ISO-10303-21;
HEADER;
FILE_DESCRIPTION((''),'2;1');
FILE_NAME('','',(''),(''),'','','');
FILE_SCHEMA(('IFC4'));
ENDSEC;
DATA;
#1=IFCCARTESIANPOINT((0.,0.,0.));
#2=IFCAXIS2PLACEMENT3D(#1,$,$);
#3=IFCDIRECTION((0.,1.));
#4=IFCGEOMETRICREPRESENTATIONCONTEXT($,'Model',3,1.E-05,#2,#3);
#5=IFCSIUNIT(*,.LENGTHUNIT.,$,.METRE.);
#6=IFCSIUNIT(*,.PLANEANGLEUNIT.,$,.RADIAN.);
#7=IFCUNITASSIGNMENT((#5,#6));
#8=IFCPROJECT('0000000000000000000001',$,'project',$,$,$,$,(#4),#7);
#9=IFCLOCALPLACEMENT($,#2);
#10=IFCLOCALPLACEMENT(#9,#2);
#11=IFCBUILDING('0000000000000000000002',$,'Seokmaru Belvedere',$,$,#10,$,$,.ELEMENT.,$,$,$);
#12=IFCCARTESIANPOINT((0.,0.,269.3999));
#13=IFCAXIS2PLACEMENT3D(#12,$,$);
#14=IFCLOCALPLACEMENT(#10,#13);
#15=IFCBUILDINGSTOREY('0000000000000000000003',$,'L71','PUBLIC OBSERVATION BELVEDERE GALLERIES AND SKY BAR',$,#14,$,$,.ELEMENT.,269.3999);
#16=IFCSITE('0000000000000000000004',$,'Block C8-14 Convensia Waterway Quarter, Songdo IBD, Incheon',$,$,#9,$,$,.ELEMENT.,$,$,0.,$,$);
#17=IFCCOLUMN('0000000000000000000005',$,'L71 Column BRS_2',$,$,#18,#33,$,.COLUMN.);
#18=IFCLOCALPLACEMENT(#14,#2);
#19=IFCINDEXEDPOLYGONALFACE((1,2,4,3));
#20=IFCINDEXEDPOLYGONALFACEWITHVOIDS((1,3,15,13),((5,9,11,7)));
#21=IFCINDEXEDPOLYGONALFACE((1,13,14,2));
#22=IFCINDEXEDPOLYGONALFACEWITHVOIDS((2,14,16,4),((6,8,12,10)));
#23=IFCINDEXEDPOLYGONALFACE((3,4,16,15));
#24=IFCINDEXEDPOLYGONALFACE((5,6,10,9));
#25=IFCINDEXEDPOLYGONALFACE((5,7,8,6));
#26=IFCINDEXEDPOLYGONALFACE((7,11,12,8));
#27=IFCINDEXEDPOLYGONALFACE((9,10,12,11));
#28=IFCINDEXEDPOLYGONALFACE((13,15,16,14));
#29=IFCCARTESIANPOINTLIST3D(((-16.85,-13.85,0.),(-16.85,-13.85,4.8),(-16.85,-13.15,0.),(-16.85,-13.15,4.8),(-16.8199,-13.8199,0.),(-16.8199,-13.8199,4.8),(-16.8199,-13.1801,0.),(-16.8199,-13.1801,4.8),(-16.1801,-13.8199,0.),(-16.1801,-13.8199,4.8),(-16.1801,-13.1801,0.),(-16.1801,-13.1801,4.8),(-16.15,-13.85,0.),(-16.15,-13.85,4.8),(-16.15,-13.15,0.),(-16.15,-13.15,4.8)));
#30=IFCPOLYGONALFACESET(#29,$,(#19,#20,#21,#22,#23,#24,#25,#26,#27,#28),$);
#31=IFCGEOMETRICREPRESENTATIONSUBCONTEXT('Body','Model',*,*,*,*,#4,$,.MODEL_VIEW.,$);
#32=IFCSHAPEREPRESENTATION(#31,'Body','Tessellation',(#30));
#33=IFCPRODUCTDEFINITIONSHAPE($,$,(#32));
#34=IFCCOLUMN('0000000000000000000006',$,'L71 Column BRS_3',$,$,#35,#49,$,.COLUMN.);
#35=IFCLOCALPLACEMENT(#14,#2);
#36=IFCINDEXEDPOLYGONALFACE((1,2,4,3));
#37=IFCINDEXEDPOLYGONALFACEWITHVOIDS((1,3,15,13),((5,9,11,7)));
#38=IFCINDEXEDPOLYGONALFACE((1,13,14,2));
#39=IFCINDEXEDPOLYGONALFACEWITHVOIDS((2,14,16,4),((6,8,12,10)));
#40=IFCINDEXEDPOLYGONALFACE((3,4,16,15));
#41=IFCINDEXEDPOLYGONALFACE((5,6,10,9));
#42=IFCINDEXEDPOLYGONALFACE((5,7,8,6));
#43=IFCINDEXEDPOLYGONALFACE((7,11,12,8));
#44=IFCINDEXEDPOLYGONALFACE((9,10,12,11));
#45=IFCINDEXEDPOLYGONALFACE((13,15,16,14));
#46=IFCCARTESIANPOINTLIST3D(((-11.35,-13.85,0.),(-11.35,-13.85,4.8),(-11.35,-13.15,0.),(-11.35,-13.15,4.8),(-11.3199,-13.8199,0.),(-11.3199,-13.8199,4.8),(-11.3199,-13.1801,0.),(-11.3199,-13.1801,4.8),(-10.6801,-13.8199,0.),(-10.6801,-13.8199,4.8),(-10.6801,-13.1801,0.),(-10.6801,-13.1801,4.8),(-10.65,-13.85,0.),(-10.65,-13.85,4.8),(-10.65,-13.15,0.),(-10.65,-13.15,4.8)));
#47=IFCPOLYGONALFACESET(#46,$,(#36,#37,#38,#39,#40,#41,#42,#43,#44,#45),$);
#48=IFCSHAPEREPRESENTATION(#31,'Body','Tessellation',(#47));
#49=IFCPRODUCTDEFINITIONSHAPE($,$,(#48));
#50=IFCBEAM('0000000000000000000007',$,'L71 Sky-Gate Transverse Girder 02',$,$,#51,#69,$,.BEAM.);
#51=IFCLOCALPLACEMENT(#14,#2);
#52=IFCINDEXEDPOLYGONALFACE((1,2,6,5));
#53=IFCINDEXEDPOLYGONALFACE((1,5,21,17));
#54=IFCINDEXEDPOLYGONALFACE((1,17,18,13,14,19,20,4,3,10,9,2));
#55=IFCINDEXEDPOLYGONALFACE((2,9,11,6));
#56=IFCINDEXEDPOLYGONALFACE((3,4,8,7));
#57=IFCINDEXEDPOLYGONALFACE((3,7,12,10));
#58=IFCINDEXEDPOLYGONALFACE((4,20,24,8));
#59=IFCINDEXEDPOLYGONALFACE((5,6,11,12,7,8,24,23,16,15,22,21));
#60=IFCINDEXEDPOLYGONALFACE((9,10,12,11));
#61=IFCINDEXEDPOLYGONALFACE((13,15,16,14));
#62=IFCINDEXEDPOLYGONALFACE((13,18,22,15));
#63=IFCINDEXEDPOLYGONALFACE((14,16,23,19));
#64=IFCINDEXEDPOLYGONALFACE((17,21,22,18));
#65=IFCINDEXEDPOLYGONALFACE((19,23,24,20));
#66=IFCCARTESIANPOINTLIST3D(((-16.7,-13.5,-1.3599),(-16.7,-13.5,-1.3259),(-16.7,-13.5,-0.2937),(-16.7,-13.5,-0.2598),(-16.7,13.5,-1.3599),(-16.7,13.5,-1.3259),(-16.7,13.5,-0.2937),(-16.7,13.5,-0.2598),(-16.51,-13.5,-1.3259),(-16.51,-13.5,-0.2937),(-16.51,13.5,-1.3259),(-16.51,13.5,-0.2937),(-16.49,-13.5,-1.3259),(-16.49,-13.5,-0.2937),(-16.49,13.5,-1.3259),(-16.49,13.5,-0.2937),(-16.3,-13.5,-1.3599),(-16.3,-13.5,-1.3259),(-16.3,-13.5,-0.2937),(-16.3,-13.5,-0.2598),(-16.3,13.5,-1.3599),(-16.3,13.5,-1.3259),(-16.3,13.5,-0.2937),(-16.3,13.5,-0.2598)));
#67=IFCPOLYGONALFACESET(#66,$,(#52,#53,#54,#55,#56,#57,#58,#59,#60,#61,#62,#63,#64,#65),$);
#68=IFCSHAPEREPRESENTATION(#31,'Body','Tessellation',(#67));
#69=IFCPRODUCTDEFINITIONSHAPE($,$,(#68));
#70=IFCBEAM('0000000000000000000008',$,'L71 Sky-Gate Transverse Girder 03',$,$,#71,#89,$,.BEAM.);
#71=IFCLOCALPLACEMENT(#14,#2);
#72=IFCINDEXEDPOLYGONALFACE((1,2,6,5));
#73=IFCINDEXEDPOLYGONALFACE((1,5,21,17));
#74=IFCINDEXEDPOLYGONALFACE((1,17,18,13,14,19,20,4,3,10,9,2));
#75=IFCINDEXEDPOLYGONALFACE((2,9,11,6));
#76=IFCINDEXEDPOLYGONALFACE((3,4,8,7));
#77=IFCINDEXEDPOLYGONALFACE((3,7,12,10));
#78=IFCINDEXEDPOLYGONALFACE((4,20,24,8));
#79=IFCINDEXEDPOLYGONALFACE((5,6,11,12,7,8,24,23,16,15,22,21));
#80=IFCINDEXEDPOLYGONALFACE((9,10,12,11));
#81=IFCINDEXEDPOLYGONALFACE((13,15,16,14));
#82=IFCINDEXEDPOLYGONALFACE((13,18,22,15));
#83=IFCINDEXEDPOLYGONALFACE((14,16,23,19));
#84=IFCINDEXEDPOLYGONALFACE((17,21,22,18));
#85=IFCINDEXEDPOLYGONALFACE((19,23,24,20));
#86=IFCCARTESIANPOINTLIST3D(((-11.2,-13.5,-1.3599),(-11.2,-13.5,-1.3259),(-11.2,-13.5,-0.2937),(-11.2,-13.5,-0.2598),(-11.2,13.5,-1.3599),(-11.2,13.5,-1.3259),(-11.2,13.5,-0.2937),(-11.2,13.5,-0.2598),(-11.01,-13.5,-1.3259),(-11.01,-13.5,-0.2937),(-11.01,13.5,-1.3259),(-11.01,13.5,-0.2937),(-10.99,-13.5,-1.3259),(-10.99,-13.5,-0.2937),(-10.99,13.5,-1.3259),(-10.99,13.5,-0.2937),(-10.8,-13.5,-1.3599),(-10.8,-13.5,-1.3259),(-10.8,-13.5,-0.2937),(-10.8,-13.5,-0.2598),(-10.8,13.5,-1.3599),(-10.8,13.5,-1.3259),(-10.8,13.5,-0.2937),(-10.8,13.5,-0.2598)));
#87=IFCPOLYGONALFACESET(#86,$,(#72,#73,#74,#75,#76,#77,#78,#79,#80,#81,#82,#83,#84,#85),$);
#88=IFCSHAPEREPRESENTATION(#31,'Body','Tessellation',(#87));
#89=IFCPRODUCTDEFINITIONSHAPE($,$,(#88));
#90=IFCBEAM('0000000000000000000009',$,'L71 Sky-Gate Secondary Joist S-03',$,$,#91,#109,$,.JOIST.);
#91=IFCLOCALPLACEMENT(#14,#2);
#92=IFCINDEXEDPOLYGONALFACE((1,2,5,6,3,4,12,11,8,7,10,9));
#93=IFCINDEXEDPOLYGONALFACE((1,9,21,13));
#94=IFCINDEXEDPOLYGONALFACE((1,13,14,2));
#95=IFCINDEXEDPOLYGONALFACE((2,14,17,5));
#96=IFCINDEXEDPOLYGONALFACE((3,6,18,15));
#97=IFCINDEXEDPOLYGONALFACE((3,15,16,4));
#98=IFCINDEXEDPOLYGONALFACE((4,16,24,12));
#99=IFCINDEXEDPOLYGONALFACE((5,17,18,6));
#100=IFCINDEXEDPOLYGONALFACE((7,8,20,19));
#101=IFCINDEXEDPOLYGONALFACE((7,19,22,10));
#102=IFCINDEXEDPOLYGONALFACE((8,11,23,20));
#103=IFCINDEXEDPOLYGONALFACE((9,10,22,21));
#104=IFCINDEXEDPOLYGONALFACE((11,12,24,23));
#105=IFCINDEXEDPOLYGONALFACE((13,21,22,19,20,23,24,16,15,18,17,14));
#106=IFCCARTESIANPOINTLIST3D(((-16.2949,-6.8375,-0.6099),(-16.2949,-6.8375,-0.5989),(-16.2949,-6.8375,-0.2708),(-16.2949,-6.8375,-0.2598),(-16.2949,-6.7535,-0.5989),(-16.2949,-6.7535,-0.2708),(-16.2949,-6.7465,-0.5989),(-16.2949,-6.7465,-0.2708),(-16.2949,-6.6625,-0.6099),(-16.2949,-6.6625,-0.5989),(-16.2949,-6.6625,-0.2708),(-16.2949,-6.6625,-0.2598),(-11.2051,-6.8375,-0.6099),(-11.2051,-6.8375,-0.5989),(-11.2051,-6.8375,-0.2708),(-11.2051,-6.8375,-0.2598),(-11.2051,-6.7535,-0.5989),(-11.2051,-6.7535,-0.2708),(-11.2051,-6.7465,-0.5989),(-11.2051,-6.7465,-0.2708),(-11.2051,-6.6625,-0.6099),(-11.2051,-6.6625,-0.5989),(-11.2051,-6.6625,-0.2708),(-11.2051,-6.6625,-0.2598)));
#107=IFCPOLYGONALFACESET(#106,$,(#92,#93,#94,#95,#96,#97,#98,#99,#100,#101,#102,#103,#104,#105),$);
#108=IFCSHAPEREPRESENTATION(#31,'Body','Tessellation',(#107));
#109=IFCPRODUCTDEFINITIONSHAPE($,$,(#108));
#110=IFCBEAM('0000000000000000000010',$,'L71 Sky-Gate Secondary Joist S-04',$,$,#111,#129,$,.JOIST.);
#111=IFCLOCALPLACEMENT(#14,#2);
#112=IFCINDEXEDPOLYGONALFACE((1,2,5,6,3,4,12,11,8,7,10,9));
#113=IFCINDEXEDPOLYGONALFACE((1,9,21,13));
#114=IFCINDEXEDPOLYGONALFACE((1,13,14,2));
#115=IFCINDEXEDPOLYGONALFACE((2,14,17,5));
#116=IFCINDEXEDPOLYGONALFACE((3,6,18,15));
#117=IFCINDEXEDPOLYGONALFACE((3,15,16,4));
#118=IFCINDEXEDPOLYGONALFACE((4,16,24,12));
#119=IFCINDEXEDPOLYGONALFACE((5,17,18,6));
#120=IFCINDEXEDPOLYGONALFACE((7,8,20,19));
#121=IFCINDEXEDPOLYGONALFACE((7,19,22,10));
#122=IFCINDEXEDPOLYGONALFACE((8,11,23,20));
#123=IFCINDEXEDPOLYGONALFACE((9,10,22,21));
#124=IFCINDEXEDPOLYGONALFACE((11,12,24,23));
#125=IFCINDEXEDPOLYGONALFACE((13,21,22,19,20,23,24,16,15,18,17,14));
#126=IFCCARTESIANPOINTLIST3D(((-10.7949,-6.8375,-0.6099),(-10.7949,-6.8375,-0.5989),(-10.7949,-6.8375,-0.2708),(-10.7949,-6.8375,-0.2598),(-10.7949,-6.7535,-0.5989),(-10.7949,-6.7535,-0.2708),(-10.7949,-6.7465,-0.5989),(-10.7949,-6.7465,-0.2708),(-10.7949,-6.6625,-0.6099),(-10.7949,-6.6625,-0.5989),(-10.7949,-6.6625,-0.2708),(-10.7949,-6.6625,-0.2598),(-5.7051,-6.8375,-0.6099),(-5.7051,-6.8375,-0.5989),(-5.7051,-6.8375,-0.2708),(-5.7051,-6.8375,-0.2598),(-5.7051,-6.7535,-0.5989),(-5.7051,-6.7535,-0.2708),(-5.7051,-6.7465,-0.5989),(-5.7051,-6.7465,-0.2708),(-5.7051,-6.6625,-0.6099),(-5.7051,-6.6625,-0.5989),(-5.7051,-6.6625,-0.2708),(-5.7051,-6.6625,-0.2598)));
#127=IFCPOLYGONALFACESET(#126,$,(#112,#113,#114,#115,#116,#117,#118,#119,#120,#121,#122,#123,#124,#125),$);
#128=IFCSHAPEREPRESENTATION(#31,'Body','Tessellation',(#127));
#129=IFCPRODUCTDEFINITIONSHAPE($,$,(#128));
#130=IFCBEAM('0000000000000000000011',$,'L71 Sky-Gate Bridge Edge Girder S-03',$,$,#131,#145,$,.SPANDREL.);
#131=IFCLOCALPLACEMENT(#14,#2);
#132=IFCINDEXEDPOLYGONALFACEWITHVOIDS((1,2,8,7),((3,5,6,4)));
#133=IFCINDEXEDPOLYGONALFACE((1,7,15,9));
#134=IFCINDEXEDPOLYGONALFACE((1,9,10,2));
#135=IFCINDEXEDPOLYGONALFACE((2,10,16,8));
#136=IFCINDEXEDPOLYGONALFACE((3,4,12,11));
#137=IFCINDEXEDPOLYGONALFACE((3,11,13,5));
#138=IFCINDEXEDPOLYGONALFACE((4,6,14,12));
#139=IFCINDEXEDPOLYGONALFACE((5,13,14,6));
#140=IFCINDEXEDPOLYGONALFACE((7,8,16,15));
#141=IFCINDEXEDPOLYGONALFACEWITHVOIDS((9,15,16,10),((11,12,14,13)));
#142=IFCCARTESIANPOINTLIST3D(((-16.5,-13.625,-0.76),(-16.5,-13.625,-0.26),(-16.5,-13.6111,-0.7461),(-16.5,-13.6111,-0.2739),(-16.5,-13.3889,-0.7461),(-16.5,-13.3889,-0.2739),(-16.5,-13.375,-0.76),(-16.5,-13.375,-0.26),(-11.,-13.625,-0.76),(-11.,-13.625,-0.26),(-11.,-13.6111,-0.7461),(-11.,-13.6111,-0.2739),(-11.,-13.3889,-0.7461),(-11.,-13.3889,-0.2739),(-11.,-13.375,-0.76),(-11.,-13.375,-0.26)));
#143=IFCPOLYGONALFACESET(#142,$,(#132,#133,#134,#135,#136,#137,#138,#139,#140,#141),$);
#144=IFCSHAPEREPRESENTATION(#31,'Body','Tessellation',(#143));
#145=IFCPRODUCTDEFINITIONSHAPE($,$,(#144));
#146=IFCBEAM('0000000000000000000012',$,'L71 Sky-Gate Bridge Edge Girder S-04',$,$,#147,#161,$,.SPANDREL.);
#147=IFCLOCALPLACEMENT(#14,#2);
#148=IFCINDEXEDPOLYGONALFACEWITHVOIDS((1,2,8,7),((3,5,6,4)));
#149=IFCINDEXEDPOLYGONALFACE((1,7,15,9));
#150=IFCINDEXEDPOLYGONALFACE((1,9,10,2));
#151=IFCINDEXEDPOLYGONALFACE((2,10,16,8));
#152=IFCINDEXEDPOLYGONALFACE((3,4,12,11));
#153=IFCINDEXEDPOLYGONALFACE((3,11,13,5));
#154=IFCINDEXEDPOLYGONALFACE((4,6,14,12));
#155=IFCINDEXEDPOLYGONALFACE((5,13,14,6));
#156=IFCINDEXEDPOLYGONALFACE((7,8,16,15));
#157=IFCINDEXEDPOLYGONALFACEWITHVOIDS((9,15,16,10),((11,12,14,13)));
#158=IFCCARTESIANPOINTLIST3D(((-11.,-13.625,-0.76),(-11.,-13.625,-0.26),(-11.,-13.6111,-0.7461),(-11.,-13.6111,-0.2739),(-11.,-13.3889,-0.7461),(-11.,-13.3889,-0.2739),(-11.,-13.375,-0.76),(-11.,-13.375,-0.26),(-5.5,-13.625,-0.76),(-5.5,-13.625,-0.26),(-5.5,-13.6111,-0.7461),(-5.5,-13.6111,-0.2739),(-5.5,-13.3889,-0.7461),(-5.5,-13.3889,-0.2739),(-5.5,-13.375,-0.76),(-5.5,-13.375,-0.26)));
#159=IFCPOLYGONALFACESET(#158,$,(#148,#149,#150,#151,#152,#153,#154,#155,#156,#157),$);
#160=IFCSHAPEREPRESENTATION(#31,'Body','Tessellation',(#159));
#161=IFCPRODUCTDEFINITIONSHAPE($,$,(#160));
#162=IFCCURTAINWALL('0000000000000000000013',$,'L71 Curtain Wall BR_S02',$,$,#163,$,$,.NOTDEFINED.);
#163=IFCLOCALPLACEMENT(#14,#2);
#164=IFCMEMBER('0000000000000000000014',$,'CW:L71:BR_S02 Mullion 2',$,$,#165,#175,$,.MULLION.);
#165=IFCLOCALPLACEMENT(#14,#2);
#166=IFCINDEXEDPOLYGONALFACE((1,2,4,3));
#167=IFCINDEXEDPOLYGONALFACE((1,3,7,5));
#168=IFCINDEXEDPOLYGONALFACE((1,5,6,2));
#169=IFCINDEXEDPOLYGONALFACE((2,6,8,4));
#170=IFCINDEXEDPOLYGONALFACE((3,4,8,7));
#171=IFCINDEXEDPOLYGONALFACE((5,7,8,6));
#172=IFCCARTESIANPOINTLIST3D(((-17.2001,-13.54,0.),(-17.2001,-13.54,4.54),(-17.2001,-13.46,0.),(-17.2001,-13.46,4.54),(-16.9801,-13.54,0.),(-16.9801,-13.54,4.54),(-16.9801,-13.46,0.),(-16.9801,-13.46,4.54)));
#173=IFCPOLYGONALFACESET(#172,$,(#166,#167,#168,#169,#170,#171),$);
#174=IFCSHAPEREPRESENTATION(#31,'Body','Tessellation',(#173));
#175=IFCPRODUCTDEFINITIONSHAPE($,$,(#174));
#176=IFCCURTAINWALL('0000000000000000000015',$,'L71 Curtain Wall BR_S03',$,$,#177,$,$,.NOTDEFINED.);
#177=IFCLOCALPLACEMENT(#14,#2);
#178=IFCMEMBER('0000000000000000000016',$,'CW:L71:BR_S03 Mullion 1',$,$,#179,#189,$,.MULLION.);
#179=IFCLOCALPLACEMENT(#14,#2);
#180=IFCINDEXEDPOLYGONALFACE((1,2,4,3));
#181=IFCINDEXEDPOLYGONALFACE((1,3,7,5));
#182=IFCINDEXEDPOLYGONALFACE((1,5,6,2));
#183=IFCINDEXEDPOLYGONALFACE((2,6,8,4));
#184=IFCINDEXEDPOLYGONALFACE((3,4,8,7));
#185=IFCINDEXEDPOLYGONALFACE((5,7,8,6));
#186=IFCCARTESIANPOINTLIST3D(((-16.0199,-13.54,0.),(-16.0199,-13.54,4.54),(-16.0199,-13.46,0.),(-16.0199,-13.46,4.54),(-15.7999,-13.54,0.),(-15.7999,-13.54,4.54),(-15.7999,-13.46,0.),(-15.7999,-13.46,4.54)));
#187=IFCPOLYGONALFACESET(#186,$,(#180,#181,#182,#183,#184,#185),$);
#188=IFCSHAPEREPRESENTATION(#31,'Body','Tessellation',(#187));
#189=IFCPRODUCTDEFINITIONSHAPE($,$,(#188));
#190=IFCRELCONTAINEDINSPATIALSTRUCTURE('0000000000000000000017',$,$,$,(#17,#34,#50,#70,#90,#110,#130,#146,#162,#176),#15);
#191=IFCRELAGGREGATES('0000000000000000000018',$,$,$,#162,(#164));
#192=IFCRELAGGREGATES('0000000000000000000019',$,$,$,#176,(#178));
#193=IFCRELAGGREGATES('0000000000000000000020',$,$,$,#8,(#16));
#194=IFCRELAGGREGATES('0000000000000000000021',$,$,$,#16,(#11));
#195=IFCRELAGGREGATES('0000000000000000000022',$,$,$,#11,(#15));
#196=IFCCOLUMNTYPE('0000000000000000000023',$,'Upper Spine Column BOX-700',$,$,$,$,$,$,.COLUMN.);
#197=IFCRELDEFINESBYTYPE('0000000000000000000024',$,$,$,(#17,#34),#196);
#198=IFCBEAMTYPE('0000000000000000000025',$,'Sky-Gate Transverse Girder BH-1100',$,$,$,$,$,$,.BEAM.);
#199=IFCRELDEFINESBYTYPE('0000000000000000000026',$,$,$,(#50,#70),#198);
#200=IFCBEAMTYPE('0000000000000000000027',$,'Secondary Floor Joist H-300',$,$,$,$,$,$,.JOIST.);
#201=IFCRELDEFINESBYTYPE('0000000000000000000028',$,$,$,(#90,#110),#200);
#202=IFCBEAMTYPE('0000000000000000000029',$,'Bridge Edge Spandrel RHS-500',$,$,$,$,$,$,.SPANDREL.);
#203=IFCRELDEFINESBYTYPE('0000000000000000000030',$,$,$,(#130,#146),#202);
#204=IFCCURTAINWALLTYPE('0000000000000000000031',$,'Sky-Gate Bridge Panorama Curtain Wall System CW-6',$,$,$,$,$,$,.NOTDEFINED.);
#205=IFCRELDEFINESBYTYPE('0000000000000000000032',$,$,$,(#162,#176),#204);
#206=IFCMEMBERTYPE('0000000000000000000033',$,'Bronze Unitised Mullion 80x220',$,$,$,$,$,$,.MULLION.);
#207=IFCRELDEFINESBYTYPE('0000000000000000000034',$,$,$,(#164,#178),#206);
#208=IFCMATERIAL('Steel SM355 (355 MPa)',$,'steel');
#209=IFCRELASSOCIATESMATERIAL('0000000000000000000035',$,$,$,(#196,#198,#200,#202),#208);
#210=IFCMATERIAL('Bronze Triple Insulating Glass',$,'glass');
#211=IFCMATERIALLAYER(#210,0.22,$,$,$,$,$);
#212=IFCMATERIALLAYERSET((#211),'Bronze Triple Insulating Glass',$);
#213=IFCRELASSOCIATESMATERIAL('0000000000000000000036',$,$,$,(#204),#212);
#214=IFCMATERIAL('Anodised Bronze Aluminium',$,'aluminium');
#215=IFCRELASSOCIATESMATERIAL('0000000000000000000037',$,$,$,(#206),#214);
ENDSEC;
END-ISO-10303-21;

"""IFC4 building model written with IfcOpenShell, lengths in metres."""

from ifc_helpers import new_model, si_unit, direction, frame, origin, origin_2d, place, context, subcontext, project, spatial, rectangle, hollow_rectangle, i_section, extrude, source, transform, mapped, material, layer, layer_set, material_profile, profile_set, type_object, type_shapes, element, aggregate, save


model = new_model("IFC4")

# Units and contexts
model_context = context("Model", 3, precision=1e-05, world=origin(), true_north=direction((0.0, 1.0)))
body_context = subcontext(model_context, "Body", "Model", "MODEL_VIEW")
ifc_project = project(units=[si_unit("LENGTHUNIT", "METRE"), si_unit("PLANEANGLEUNIT", "RADIAN")], contexts=[model_context])

# Site, building, storey
site_placement = place(None, origin())
site = spatial("IfcSite", under=ifc_project, at=site_placement, Name="Block C8-14 Convensia Waterway Quarter, Songdo IBD, Incheon", CompositionType="ELEMENT", RefElevation=0.0)
building_placement = place(site_placement, origin())
building = spatial("IfcBuilding", under=site, at=building_placement, Name="Seokmaru Belvedere", CompositionType="ELEMENT")
storey_placement = place(building_placement, frame((0.0, 0.0, 269.3999)))
storey = spatial("IfcBuildingStorey", under=building, at=storey_placement, Name="L71", Description="PUBLIC OBSERVATION BELVEDERE GALLERIES AND SKY BAR", CompositionType="ELEMENT", Elevation=269.3999)

# Columns
ifc_material_1 = material(Name="Steel SM355 (355 MPa)", Category="steel")
ifc_material_profile_1 = material_profile(ifc_material_1, hollow_rectangle(XDim=0.7, YDim=0.7, WallThickness=0.03, at=origin_2d()), Name="BOX-700x700x30")
ifc_profile_set_1 = profile_set([ifc_material_profile_1], Name="Steel SM355 (355 MPa)")
column_type = type_object("IfcColumnType", Name="Upper Spine Column BOX-700", PredefinedType="COLUMN", material=ifc_profile_set_1)
shared_shape_1 = source(origin(), body_context, "Body", "SweptSolid", [
    extrude(hollow_rectangle(XDim=0.7, YDim=0.7, WallThickness=0.03, at=origin_2d()), origin(), (0.0, 0.0, 1.0), 4.8),
])
type_shapes(column_type, [shared_shape_1])
for number, where, z_axis, x_axis, name in (
    (1, (-16.5, -13.5, 0.0), (0.0, 0.0, 1.0), (1.0, 0.0, 0.0), "L71 Column BRS_2"),
    (2, (-11.0, -13.5, 0.0), (0.0, 0.0, 1.0), (1.0, 0.0, 0.0), "L71 Column BRS_3"),
):
    element("IfcColumn", number, at=place(storey_placement, frame(where, z_axis=z_axis, x_axis=x_axis)), inside=storey, type_object=column_type, Name=name, PredefinedType="COLUMN", context=body_context, shape_type="MappedRepresentation", body=[
        mapped(shared_shape_1, transform((0.0, 0.0, 0.0), scale=1.0)),
    ])

# Beams
ifc_material_profile_2 = material_profile(ifc_material_1, i_section(OverallWidth=0.3999, OverallDepth=1.1001, WebThickness=0.02, FlangeThickness=0.0339, at=origin_2d()), Name="BH-1100x400x20x34")
ifc_profile_set_2 = profile_set([ifc_material_profile_2], Name="Steel SM355 (355 MPa)")
beam_type_1 = type_object("IfcBeamType", Name="Sky-Gate Transverse Girder BH-1100", PredefinedType="BEAM", material=ifc_profile_set_2)
shared_shape_2 = source(origin(), body_context, "Body", "SweptSolid", [
    extrude(i_section(OverallWidth=0.3999, OverallDepth=1.1001, WebThickness=0.02, FlangeThickness=0.0339, at=origin_2d()), origin(), (0.0, 0.0, 1.0), 27.0),
])
type_shapes(beam_type_1, [shared_shape_2])
for number, where, z_axis, x_axis, name in (
    (3, (-16.5, -13.5, -0.8098), (0.0, 1.0, 0.0), (-1.0, 0.0, 0.0), "L71 Sky-Gate Transverse Girder 02"),
    (4, (-11.0, -13.5, -0.8098), (0.0, 1.0, 0.0), (-1.0, 0.0, 0.0), "L71 Sky-Gate Transverse Girder 03"),
):
    element("IfcBeam", number, at=place(storey_placement, frame(where, z_axis=z_axis, x_axis=x_axis)), inside=storey, type_object=beam_type_1, Name=name, PredefinedType="BEAM", context=body_context, shape_type="MappedRepresentation", body=[
        mapped(shared_shape_2, transform((0.0, 0.0, 0.0), scale=1.0)),
    ])
ifc_material_profile_3 = material_profile(ifc_material_1, i_section(OverallWidth=0.175, OverallDepth=0.3501, WebThickness=0.0071, FlangeThickness=0.011, at=origin_2d()), Name="H-350x175x7x11")
ifc_profile_set_3 = profile_set([ifc_material_profile_3], Name="Steel SM355 (355 MPa)")
beam_type_2 = type_object("IfcBeamType", Name="Secondary Floor Joist H-300", PredefinedType="JOIST", material=ifc_profile_set_3)
shared_shape_3 = source(origin(), body_context, "Body", "SweptSolid", [
    extrude(i_section(OverallWidth=0.175, OverallDepth=0.3501, WebThickness=0.0071, FlangeThickness=0.011, at=origin_2d()), origin(), (0.0, 0.0, 1.0), 5.0898),
])
type_shapes(beam_type_2, [shared_shape_3])
for number, where, z_axis, x_axis, name in (
    (5, (-16.2949, -6.75, -0.4348), (1.0, 0.0, 0.0), (0.0, 1.0, 0.0), "L71 Sky-Gate Secondary Joist S-03"),
    (6, (-10.7949, -6.75, -0.4348), (1.0, 0.0, 0.0), (0.0, 1.0, 0.0), "L71 Sky-Gate Secondary Joist S-04"),
):
    element("IfcBeam", number, at=place(storey_placement, frame(where, z_axis=z_axis, x_axis=x_axis)), inside=storey, type_object=beam_type_2, Name=name, PredefinedType="JOIST", context=body_context, shape_type="MappedRepresentation", body=[
        mapped(shared_shape_3, transform((0.0, 0.0, 0.0), scale=1.0)),
    ])
ifc_material_profile_4 = material_profile(ifc_material_1, hollow_rectangle(XDim=0.25, YDim=0.5, WallThickness=0.0139, at=origin_2d()), Name="RHS-500x250x14")
ifc_profile_set_4 = profile_set([ifc_material_profile_4], Name="Steel SM355 (355 MPa)")
beam_type_3 = type_object("IfcBeamType", Name="Bridge Edge Spandrel RHS-500", PredefinedType="SPANDREL", material=ifc_profile_set_4)
shared_shape_4 = source(origin(), body_context, "Body", "SweptSolid", [
    extrude(hollow_rectangle(XDim=0.25, YDim=0.5, WallThickness=0.0139, at=origin_2d()), origin(), (0.0, 0.0, 1.0), 5.5),
])
type_shapes(beam_type_3, [shared_shape_4])
for number, where, z_axis, x_axis, name in (
    (7, (-16.5, -13.5, -0.51), (1.0, 0.0, 0.0), (0.0, 1.0, 0.0), "L71 Sky-Gate Bridge Edge Girder S-03"),
    (8, (-11.0, -13.5, -0.51), (1.0, 0.0, 0.0), (0.0, 1.0, 0.0), "L71 Sky-Gate Bridge Edge Girder S-04"),
):
    element("IfcBeam", number, at=place(storey_placement, frame(where, z_axis=z_axis, x_axis=x_axis)), inside=storey, type_object=beam_type_3, Name=name, PredefinedType="SPANDREL", context=body_context, shape_type="MappedRepresentation", body=[
        mapped(shared_shape_4, transform((0.0, 0.0, 0.0), scale=1.0)),
    ])

# Curtain wall, member
ifc_material_2 = material(Name="Bronze Triple Insulating Glass", Category="glass")
ifc_layer_1 = layer(ifc_material_2, 0.22)
ifc_layer_set_1 = layer_set([ifc_layer_1], Name="Bronze Triple Insulating Glass")
curtain_wall_type = type_object("IfcCurtainWallType", Name="Sky-Gate Bridge Panorama Curtain Wall System CW-6", PredefinedType="NOTDEFINED", material=ifc_layer_set_1)
curtain_wall_1_placement = place(storey_placement, origin())
curtain_wall_1 = element("IfcCurtainWall", 9, at=curtain_wall_1_placement, inside=storey, type_object=curtain_wall_type, Name="L71 Curtain Wall BR_S02", PredefinedType="NOTDEFINED")
ifc_material_3 = material(Name="Anodised Bronze Aluminium", Category="aluminium")
ifc_material_profile_5 = material_profile(ifc_material_3, rectangle(XDim=0.0801, YDim=0.22, at=origin_2d()), Name="CW-M-80x220")
ifc_profile_set_5 = profile_set([ifc_material_profile_5], Name="Anodised Bronze Aluminium")
member_type_1 = type_object("IfcMemberType", Name="Bronze Unitised Mullion 80x220", PredefinedType="MULLION", material=ifc_profile_set_5)
shared_shape_5 = source(origin(), body_context, "Body", "SweptSolid", [
    extrude(rectangle(XDim=0.0801, YDim=0.22, at=origin_2d()), origin(), (0.0, 0.0, 1.0), 4.54),
])
type_shapes(member_type_1, [shared_shape_5])
member_1_placement = place(storey_placement, frame((-17.0901, -13.5, 0.0), z_axis=(0.0, 0.0, 1.0), x_axis=(0.0, 1.0, 0.0)))
member_1 = element("IfcMember", 10, at=member_1_placement, type_object=member_type_1, Name="CW:L71:BR_S02 Mullion 2", PredefinedType="MULLION", context=body_context, shape_type="MappedRepresentation", body=[
    mapped(shared_shape_5, transform((0.0, 0.0, 0.0), scale=1.0)),
])

# Curtain wall, member
curtain_wall_2_placement = place(storey_placement, origin())
curtain_wall_2 = element("IfcCurtainWall", 11, at=curtain_wall_2_placement, inside=storey, type_object=curtain_wall_type, Name="L71 Curtain Wall BR_S03", PredefinedType="NOTDEFINED")
member_2_placement = place(storey_placement, frame((-15.9099, -13.5, 0.0), z_axis=(0.0, 0.0, 1.0), x_axis=(0.0, 1.0, 0.0)))
member_2 = element("IfcMember", 12, at=member_2_placement, type_object=member_type_1, Name="CW:L71:BR_S03 Mullion 1", PredefinedType="MULLION", context=body_context, shape_type="MappedRepresentation", body=[
    mapped(shared_shape_5, transform((0.0, 0.0, 0.0), scale=1.0)),
])

aggregate(curtain_wall_1, [member_1])
aggregate(curtain_wall_2, [member_2])

save(model, "model.ifc")
